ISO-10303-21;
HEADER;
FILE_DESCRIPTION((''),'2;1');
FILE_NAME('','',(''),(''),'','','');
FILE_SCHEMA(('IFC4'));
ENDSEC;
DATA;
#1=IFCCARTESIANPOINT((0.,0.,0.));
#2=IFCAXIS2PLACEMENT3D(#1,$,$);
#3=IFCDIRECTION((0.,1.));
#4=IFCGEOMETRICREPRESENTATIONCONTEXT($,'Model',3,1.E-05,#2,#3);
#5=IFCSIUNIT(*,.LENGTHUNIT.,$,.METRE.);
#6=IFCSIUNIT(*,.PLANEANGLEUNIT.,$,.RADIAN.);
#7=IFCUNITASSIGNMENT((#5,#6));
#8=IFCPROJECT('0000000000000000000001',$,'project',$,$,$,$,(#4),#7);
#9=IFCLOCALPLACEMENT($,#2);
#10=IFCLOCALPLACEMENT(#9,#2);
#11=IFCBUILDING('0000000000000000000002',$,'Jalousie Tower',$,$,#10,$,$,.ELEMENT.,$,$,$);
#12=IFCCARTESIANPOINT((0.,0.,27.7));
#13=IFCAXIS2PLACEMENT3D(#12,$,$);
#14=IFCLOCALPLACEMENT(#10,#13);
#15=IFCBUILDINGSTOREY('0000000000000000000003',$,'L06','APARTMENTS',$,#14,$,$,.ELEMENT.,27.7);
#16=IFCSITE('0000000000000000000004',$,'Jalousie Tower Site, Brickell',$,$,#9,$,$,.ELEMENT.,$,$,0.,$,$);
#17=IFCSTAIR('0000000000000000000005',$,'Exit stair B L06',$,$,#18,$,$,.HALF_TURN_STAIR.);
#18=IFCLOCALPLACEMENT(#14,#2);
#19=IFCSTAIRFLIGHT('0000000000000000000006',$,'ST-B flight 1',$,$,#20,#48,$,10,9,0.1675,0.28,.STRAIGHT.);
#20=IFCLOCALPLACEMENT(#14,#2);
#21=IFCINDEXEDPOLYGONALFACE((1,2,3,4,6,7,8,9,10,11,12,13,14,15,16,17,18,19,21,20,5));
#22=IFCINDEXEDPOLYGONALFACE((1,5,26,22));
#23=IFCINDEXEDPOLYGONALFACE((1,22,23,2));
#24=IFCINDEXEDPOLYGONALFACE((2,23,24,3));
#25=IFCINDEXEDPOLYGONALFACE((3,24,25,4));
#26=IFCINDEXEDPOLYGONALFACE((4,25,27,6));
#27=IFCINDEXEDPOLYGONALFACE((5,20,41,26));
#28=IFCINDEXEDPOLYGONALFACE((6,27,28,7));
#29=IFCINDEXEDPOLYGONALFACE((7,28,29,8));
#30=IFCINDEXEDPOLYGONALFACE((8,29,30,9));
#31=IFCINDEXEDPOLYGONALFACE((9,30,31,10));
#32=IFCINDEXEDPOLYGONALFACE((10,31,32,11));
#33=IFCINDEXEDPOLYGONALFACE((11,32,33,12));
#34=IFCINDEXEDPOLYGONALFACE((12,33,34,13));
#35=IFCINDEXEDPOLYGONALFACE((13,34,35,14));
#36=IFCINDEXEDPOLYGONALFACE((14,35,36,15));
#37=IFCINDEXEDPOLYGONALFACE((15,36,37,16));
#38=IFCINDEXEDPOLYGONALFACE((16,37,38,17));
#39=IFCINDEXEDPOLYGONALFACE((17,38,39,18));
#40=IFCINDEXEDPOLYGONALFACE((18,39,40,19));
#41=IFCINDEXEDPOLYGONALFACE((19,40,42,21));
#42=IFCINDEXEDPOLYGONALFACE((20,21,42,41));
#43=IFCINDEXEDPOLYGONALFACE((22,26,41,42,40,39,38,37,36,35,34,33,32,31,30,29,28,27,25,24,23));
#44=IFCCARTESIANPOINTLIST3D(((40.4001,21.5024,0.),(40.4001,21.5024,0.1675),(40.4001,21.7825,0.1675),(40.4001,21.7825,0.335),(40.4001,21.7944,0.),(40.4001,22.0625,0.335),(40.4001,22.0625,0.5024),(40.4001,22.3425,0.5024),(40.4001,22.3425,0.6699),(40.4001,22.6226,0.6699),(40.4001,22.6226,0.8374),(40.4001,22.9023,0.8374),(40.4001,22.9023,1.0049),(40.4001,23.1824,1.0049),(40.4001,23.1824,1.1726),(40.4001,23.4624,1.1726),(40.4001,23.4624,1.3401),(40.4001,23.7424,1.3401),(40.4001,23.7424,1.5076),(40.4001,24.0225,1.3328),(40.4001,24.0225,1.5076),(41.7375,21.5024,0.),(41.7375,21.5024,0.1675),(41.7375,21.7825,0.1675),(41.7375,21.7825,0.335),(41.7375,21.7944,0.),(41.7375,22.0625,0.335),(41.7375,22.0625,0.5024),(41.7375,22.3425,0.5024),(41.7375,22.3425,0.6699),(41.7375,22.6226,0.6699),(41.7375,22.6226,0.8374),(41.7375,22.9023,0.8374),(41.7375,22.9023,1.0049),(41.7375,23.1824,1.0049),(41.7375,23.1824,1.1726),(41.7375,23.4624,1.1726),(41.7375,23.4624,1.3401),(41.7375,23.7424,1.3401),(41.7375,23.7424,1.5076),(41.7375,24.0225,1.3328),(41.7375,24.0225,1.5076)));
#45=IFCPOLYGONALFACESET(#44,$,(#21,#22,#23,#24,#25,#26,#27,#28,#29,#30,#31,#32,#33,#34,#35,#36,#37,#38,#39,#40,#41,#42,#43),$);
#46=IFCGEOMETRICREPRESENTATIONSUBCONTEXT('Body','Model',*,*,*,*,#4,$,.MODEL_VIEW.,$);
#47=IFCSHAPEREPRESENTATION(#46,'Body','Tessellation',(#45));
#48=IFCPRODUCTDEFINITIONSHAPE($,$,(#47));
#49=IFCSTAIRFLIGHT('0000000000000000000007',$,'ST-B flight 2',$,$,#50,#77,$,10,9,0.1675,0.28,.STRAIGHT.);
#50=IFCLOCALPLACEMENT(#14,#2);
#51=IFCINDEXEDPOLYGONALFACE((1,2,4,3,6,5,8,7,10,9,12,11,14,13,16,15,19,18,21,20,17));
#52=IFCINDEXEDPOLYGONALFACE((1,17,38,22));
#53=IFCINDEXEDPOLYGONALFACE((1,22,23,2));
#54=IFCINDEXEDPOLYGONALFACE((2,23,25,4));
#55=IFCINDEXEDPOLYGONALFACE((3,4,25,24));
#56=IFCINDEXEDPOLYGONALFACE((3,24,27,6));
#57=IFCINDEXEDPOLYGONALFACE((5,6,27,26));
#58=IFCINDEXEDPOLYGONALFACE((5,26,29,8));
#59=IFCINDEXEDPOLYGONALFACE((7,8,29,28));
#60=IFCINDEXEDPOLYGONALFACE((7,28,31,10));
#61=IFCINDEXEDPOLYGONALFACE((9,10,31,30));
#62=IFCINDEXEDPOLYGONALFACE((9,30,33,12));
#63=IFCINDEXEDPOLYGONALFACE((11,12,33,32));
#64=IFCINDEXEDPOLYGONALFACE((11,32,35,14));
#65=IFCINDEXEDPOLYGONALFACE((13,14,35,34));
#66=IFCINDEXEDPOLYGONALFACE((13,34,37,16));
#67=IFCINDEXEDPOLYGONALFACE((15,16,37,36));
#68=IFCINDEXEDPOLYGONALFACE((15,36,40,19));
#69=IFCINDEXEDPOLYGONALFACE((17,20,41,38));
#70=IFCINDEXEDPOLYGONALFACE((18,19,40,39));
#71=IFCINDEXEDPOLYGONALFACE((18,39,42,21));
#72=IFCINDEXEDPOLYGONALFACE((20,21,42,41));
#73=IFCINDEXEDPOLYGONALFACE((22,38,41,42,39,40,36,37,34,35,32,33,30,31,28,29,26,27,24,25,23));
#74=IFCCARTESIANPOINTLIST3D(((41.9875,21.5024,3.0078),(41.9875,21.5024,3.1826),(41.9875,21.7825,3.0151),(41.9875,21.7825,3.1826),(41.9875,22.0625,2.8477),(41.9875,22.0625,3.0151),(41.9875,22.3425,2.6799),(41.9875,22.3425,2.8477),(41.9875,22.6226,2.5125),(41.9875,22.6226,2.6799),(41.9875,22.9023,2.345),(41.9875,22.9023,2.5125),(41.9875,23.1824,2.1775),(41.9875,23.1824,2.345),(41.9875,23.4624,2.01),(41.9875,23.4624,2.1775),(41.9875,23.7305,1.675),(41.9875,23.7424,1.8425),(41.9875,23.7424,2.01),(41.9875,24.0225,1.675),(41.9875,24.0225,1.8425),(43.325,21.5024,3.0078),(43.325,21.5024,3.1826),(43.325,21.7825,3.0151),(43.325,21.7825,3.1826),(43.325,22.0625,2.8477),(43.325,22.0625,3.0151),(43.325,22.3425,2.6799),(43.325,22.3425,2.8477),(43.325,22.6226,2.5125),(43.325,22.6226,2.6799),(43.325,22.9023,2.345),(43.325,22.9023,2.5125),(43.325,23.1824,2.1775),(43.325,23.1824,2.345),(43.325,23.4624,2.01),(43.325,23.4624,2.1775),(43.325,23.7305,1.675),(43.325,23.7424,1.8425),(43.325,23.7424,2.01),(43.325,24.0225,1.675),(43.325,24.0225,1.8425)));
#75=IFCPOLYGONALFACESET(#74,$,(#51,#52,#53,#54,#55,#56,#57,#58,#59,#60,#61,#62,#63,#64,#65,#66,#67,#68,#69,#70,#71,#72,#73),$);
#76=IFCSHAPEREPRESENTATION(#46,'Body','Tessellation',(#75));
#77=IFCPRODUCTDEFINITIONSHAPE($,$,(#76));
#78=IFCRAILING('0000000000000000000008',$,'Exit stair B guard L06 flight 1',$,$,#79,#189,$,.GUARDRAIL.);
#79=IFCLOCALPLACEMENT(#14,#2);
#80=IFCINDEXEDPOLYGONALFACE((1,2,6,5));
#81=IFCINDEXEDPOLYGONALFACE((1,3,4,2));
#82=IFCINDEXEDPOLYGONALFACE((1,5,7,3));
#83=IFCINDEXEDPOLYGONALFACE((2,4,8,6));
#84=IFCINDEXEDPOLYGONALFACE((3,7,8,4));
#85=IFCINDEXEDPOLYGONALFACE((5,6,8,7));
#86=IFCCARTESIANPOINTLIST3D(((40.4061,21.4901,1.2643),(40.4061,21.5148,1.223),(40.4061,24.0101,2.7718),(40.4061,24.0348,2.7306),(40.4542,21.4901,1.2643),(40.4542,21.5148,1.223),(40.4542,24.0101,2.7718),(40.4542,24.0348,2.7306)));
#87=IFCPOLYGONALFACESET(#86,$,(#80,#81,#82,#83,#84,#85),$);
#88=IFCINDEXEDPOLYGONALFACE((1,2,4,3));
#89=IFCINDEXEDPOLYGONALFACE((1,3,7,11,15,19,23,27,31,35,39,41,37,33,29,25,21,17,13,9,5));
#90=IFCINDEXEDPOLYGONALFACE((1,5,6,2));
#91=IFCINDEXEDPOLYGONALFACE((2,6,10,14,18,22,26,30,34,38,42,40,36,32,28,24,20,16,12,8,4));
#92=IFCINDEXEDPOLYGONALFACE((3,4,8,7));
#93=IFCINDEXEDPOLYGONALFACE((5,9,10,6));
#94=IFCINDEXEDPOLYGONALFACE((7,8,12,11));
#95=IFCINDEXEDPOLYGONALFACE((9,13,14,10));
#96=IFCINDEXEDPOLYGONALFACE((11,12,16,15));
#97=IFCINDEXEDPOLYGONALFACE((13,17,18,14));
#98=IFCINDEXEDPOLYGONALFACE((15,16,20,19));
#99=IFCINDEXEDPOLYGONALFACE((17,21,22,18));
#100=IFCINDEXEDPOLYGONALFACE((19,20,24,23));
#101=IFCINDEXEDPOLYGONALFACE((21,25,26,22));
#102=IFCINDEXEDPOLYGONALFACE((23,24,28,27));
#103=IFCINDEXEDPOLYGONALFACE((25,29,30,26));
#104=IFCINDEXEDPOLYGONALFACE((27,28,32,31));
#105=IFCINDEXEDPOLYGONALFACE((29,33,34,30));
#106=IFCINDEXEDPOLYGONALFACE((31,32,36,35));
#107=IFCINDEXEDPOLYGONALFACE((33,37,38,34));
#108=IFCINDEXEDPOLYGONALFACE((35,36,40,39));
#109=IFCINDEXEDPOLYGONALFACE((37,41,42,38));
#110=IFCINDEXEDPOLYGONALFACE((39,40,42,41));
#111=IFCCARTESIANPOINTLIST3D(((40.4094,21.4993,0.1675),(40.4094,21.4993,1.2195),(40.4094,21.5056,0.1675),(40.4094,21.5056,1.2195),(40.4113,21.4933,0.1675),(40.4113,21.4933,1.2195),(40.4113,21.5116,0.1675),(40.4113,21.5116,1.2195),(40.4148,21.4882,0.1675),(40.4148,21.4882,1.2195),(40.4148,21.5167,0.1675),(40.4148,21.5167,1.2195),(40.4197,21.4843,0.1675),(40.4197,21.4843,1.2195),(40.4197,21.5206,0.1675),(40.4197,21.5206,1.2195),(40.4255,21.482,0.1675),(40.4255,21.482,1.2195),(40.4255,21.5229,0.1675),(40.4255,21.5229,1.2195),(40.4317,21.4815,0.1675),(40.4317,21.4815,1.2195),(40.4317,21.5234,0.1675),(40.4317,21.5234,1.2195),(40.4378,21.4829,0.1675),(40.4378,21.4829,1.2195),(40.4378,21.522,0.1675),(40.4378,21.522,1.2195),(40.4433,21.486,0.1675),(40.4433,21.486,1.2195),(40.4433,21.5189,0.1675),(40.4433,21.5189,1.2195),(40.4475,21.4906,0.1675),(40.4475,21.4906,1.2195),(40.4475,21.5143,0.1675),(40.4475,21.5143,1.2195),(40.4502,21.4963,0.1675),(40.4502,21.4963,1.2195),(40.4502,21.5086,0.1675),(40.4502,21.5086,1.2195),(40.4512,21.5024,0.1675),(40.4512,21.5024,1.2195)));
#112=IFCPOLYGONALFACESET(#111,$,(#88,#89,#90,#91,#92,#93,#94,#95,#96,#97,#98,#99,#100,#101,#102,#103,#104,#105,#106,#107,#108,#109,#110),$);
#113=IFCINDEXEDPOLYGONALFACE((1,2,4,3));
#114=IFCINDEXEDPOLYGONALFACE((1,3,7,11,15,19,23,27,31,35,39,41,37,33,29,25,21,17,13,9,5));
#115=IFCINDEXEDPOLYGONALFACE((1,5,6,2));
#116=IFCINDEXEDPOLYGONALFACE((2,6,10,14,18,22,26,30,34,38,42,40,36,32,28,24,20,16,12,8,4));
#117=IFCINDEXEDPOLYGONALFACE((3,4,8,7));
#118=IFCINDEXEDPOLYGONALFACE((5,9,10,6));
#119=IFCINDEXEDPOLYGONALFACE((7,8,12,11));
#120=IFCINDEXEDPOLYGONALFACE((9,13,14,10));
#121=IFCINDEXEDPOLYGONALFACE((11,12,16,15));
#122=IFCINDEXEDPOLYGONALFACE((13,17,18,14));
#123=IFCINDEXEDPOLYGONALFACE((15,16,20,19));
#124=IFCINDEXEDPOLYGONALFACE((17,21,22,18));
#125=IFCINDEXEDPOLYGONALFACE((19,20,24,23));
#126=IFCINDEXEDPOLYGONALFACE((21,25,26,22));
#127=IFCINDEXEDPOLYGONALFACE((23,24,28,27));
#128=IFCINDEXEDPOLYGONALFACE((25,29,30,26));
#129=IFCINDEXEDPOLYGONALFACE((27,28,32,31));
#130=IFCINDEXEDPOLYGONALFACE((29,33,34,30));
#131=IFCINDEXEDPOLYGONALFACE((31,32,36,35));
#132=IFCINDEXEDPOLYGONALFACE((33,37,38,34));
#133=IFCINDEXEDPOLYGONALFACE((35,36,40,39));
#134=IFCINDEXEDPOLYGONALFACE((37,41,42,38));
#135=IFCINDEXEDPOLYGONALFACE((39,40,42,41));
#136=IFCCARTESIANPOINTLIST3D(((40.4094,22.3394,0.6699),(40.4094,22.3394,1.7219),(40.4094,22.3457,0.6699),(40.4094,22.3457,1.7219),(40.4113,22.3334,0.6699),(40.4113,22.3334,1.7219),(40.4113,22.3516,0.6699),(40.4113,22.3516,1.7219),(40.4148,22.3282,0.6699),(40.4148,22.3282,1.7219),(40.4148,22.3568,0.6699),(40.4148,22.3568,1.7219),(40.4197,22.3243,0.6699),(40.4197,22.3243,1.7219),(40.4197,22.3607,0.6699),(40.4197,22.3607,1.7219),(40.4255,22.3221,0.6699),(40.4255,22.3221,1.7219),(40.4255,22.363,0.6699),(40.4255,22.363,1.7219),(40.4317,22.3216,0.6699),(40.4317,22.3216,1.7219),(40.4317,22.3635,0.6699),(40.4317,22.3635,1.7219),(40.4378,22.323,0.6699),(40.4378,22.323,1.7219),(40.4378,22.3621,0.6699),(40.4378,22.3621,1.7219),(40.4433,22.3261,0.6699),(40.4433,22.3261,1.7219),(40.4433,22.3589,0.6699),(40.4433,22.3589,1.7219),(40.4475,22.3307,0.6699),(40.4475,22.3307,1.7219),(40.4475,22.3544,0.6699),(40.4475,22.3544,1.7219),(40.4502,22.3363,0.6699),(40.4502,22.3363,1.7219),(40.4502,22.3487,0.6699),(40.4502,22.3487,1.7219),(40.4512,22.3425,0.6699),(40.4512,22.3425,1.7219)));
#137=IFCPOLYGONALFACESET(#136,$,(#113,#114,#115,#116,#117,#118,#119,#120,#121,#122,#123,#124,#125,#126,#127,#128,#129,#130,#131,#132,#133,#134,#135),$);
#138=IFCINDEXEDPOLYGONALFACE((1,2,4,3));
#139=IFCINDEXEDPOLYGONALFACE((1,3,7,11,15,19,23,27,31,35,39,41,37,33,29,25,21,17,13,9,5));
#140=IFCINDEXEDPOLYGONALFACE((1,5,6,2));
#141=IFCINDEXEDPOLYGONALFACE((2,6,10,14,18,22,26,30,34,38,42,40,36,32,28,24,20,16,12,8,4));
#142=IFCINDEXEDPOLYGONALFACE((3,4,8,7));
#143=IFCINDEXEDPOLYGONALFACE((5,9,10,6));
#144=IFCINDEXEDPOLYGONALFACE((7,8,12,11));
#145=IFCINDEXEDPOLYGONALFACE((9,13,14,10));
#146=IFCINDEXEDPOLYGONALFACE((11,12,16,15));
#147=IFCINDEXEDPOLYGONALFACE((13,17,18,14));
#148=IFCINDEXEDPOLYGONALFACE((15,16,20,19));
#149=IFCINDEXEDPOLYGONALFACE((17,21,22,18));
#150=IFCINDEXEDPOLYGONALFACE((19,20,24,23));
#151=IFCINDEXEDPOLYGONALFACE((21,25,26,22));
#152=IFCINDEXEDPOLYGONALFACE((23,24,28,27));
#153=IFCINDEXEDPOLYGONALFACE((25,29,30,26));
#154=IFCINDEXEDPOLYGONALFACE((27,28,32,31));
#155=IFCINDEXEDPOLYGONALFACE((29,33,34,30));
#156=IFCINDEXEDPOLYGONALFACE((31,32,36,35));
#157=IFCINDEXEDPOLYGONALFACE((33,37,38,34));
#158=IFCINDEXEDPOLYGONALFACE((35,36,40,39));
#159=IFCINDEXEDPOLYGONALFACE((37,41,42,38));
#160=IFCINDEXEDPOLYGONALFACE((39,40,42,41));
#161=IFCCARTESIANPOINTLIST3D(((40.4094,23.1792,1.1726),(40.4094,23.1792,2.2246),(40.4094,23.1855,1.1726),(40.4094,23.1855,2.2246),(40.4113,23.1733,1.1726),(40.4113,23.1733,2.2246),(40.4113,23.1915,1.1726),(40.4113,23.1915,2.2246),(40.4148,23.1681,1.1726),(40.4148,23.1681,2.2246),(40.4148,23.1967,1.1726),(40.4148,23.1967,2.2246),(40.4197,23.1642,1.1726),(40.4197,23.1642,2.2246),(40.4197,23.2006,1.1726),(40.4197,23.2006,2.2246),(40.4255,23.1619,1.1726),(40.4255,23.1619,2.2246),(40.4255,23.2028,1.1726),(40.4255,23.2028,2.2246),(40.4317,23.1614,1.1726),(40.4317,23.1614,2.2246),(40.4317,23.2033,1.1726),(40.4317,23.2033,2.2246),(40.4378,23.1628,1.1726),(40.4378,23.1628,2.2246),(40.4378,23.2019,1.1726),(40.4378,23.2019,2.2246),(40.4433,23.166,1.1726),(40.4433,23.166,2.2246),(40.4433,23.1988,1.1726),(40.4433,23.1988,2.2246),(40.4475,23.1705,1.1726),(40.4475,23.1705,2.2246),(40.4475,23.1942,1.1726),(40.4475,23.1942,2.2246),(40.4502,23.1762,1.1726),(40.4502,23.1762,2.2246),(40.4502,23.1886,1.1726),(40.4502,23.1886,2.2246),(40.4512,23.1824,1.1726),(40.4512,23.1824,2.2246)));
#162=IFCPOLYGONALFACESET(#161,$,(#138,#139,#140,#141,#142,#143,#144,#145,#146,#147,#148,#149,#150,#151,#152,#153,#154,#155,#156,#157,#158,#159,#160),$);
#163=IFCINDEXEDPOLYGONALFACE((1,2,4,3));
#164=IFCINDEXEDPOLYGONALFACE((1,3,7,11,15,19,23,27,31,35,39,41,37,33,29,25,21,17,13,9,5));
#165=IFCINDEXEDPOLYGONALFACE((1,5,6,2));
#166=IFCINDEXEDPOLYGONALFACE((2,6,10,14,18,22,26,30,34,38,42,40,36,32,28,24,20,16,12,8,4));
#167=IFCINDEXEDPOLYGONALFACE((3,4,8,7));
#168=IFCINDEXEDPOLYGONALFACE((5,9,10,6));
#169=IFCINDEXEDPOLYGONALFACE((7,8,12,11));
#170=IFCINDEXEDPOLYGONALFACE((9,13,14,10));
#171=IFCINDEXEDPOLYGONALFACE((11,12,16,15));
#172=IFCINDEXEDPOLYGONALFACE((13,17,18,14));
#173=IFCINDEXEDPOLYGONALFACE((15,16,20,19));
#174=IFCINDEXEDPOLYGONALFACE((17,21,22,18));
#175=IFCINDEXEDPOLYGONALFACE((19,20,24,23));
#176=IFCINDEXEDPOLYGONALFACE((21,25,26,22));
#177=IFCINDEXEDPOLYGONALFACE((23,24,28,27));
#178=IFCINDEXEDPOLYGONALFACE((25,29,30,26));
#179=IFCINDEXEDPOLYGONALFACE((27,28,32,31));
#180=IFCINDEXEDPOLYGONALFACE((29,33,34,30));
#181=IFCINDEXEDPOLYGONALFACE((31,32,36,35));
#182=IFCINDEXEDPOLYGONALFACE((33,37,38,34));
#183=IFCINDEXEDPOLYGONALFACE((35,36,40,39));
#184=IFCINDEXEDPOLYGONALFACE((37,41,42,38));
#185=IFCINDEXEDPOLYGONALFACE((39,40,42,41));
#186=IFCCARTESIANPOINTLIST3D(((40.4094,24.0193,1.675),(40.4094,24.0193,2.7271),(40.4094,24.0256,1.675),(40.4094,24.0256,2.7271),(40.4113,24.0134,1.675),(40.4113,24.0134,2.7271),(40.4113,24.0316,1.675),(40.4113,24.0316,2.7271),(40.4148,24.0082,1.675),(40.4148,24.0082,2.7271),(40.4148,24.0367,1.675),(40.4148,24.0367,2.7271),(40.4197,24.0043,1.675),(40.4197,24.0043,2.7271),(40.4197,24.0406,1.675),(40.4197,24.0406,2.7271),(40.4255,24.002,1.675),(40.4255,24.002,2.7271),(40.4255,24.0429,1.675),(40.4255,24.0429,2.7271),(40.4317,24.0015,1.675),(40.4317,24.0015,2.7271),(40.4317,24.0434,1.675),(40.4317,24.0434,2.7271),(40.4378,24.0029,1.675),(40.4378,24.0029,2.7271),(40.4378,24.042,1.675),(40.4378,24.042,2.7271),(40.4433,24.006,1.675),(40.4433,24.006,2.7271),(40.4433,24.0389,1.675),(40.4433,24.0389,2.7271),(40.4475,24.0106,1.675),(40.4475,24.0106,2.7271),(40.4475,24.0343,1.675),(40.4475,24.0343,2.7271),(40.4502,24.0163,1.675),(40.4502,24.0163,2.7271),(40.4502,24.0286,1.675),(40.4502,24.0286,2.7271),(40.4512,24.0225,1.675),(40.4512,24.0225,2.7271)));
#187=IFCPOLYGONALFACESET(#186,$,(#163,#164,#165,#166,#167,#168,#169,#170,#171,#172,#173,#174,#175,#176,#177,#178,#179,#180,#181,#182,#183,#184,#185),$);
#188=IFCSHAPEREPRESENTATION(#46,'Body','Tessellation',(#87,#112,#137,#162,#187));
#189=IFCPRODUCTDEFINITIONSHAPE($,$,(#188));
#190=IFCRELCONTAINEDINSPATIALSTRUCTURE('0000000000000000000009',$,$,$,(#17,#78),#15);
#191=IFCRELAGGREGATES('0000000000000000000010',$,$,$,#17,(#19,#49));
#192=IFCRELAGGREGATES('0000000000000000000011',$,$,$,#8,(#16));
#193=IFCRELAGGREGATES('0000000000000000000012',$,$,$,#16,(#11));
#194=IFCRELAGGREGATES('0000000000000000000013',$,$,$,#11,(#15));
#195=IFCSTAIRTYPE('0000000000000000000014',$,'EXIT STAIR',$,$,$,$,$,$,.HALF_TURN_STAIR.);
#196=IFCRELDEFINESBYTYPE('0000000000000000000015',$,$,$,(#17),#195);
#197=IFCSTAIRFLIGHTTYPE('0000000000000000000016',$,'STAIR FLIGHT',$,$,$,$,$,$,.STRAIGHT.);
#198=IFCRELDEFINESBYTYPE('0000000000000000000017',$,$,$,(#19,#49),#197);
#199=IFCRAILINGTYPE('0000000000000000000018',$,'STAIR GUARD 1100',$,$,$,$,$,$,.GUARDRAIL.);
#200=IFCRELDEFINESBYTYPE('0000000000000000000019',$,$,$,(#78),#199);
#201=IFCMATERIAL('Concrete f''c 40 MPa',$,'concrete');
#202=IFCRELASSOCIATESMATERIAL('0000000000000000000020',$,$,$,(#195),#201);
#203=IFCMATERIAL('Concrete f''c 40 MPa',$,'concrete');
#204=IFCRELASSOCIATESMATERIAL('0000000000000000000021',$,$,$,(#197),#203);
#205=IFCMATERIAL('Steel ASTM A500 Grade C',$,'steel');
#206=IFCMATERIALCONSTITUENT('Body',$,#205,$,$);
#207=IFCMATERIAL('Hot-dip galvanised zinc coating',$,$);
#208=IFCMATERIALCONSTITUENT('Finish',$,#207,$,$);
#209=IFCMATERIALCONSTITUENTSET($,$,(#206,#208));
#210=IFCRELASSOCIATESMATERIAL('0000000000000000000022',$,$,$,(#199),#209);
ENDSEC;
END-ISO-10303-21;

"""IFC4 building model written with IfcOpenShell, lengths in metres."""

from ifc_helpers import new_model, si_unit, direction, frame, origin, origin_2d, place, context, subcontext, project, spatial, polyline, rectangle, circle, outline, extrude, material, constituent, constituent_set, type_object, element, aggregate, save


model = new_model("IFC4")

# Units and contexts
model_context = context("Model", 3, precision=1e-05, world=origin(), true_north=direction((0.0, 1.0)))
body_context = subcontext(model_context, "Body", "Model", "MODEL_VIEW")
ifc_project = project(units=[si_unit("LENGTHUNIT", "METRE"), si_unit("PLANEANGLEUNIT", "RADIAN")], contexts=[model_context])

# Site, building, storey
site_placement = place(None, origin())
site = spatial("IfcSite", under=ifc_project, at=site_placement, Name="Jalousie Tower Site, Brickell", CompositionType="ELEMENT", RefElevation=0.0)
building_placement = place(site_placement, origin())
building = spatial("IfcBuilding", under=site, at=building_placement, Name="Jalousie Tower", CompositionType="ELEMENT")
storey_placement = place(building_placement, frame((0.0, 0.0, 27.7)))
storey = spatial("IfcBuildingStorey", under=building, at=storey_placement, Name="L06", Description="APARTMENTS", CompositionType="ELEMENT", Elevation=27.7)

# Stair, stair flights
ifc_material_1 = material(Name="Concrete f'c 40 MPa", Category="concrete")
stair_type = type_object("IfcStairType", Name="EXIT STAIR", PredefinedType="HALF_TURN_STAIR", material=ifc_material_1)
stair_placement = place(storey_placement, origin())
stair = element("IfcStair", 1, at=stair_placement, inside=storey, type_object=stair_type, Name="Exit stair B L06", PredefinedType="HALF_TURN_STAIR")
ifc_material_2 = material(Name="Concrete f'c 40 MPa", Category="concrete")
stair_flight_type = type_object("IfcStairFlightType", Name="STAIR FLIGHT", PredefinedType="STRAIGHT", material=ifc_material_2)
stair_flight_1_placement = place(storey_placement, frame((41.0688, 21.5024, 0.0), z_axis=(0.0, 0.0, 1.0), x_axis=(0.0, 1.0, 0.0)))
stair_flight_1 = element("IfcStairFlight", 2, at=stair_flight_1_placement, type_object=stair_flight_type, Name="ST-B flight 1", NumberOfRisers=10, NumberOfTreads=9, PredefinedType="STRAIGHT", RiserHeight=0.1675, TreadLength=0.28, context=body_context, shape_type="SweptSolid", body=[
    extrude(outline(polyline([(0.0, 0.0), (0.0, 0.1675), (0.28, 0.1675), (0.28, 0.335), (0.5601, 0.335), (0.5601, 0.5024), (0.8401, 0.5024), (0.8401, 0.6699), (1.1201, 0.6699), (1.1201, 0.8374), (1.3999, 0.8374), (1.3999, 1.0049), (1.6799, 1.0049), (1.6799, 1.1726), (1.96, 1.1726), (1.96, 1.3401), (2.24, 1.3401), (2.24, 1.5076), (2.52, 1.5076), (2.52, 1.675), (2.52, 1.3328), (0.292, 0.0), (0.0, 0.0)])), frame((0.0, 0.6687, 0.0), z_axis=(0.0, -1.0, 0.0), x_axis=(1.0, 0.0, 0.0)), (0.0, 0.0, 1.0), 1.3374),
])
stair_flight_2_placement = place(storey_placement, frame((42.6562, 24.0225, 1.675), z_axis=(0.0, 0.0, 1.0), x_axis=(0.0, -1.0, 0.0)))
stair_flight_2 = element("IfcStairFlight", 3, at=stair_flight_2_placement, type_object=stair_flight_type, Name="ST-B flight 2", NumberOfRisers=10, NumberOfTreads=9, PredefinedType="STRAIGHT", RiserHeight=0.1675, TreadLength=0.28, context=body_context, shape_type="SweptSolid", body=[
    extrude(outline(polyline([(0.0, 0.0), (0.0, 0.1675), (0.28, 0.1675), (0.28, 0.335), (0.5601, 0.335), (0.5601, 0.5024), (0.8401, 0.5024), (0.8401, 0.6699), (1.1201, 0.6699), (1.1201, 0.8374), (1.3999, 0.8374), (1.3999, 1.0049), (1.6799, 1.0049), (1.6799, 1.1726), (1.96, 1.1726), (1.96, 1.3401), (2.24, 1.3401), (2.24, 1.5076), (2.52, 1.5076), (2.52, 1.675), (2.52, 1.3328), (0.292, 0.0), (0.0, 0.0)])), frame((0.0, 0.6687, 0.0), z_axis=(0.0, -1.0, 0.0), x_axis=(1.0, 0.0, 0.0)), (0.0, 0.0, 1.0), 1.3374),
])
aggregate(stair, [stair_flight_1, stair_flight_2])

# Railing
ifc_material_3 = material(Name="Steel ASTM A500 Grade C", Category="steel")
ifc_constituent_1 = constituent(ifc_material_3, Name="Body")
ifc_material_4 = material(Name="Hot-dip galvanised zinc coating")
ifc_constituent_2 = constituent(ifc_material_4, Name="Finish")
ifc_constituent_set_1 = constituent_set(constituents=[ifc_constituent_1, ifc_constituent_2])
railing_type_1 = type_object("IfcRailingType", Name="STAIR GUARD 1100", PredefinedType="GUARDRAIL", material=ifc_constituent_set_1)
railing_1_placement = place(storey_placement, frame((40.4302, 21.5024, 0.1675)))
element("IfcRailing", 4, at=railing_1_placement, inside=storey, type_object=railing_type_1, Name="Exit stair B guard L06 flight 1", PredefinedType="GUARDRAIL", context=body_context, shape_type="SweptSolid", body=[
    extrude(rectangle(XDim=0.0481, YDim=0.0481, at=origin_2d()), frame((0.0, 0.0, 1.0762), z_axis=(0.0, 0.85816, 0.513383), x_axis=(-1.0, 0.0, 0.0)), (0.0, 0.0, 1.0), 2.9365),
    extrude(circle(Radius=0.021, at=origin_2d()), origin(), (0.0, 0.0, 1.0), 1.052),
    extrude(circle(Radius=0.021, at=origin_2d()), frame((0.0, 0.8401, 0.5024)), (0.0, 0.0, 1.0), 1.052),
    extrude(circle(Radius=0.021, at=origin_2d()), frame((0.0, 1.6799, 1.0051)), (0.0, 0.0, 1.0), 1.052),
    extrude(circle(Radius=0.021, at=origin_2d()), frame((0.0, 2.52, 1.5076)), (0.0, 0.0, 1.0), 1.052),
])

save(model, "model.ifc")
